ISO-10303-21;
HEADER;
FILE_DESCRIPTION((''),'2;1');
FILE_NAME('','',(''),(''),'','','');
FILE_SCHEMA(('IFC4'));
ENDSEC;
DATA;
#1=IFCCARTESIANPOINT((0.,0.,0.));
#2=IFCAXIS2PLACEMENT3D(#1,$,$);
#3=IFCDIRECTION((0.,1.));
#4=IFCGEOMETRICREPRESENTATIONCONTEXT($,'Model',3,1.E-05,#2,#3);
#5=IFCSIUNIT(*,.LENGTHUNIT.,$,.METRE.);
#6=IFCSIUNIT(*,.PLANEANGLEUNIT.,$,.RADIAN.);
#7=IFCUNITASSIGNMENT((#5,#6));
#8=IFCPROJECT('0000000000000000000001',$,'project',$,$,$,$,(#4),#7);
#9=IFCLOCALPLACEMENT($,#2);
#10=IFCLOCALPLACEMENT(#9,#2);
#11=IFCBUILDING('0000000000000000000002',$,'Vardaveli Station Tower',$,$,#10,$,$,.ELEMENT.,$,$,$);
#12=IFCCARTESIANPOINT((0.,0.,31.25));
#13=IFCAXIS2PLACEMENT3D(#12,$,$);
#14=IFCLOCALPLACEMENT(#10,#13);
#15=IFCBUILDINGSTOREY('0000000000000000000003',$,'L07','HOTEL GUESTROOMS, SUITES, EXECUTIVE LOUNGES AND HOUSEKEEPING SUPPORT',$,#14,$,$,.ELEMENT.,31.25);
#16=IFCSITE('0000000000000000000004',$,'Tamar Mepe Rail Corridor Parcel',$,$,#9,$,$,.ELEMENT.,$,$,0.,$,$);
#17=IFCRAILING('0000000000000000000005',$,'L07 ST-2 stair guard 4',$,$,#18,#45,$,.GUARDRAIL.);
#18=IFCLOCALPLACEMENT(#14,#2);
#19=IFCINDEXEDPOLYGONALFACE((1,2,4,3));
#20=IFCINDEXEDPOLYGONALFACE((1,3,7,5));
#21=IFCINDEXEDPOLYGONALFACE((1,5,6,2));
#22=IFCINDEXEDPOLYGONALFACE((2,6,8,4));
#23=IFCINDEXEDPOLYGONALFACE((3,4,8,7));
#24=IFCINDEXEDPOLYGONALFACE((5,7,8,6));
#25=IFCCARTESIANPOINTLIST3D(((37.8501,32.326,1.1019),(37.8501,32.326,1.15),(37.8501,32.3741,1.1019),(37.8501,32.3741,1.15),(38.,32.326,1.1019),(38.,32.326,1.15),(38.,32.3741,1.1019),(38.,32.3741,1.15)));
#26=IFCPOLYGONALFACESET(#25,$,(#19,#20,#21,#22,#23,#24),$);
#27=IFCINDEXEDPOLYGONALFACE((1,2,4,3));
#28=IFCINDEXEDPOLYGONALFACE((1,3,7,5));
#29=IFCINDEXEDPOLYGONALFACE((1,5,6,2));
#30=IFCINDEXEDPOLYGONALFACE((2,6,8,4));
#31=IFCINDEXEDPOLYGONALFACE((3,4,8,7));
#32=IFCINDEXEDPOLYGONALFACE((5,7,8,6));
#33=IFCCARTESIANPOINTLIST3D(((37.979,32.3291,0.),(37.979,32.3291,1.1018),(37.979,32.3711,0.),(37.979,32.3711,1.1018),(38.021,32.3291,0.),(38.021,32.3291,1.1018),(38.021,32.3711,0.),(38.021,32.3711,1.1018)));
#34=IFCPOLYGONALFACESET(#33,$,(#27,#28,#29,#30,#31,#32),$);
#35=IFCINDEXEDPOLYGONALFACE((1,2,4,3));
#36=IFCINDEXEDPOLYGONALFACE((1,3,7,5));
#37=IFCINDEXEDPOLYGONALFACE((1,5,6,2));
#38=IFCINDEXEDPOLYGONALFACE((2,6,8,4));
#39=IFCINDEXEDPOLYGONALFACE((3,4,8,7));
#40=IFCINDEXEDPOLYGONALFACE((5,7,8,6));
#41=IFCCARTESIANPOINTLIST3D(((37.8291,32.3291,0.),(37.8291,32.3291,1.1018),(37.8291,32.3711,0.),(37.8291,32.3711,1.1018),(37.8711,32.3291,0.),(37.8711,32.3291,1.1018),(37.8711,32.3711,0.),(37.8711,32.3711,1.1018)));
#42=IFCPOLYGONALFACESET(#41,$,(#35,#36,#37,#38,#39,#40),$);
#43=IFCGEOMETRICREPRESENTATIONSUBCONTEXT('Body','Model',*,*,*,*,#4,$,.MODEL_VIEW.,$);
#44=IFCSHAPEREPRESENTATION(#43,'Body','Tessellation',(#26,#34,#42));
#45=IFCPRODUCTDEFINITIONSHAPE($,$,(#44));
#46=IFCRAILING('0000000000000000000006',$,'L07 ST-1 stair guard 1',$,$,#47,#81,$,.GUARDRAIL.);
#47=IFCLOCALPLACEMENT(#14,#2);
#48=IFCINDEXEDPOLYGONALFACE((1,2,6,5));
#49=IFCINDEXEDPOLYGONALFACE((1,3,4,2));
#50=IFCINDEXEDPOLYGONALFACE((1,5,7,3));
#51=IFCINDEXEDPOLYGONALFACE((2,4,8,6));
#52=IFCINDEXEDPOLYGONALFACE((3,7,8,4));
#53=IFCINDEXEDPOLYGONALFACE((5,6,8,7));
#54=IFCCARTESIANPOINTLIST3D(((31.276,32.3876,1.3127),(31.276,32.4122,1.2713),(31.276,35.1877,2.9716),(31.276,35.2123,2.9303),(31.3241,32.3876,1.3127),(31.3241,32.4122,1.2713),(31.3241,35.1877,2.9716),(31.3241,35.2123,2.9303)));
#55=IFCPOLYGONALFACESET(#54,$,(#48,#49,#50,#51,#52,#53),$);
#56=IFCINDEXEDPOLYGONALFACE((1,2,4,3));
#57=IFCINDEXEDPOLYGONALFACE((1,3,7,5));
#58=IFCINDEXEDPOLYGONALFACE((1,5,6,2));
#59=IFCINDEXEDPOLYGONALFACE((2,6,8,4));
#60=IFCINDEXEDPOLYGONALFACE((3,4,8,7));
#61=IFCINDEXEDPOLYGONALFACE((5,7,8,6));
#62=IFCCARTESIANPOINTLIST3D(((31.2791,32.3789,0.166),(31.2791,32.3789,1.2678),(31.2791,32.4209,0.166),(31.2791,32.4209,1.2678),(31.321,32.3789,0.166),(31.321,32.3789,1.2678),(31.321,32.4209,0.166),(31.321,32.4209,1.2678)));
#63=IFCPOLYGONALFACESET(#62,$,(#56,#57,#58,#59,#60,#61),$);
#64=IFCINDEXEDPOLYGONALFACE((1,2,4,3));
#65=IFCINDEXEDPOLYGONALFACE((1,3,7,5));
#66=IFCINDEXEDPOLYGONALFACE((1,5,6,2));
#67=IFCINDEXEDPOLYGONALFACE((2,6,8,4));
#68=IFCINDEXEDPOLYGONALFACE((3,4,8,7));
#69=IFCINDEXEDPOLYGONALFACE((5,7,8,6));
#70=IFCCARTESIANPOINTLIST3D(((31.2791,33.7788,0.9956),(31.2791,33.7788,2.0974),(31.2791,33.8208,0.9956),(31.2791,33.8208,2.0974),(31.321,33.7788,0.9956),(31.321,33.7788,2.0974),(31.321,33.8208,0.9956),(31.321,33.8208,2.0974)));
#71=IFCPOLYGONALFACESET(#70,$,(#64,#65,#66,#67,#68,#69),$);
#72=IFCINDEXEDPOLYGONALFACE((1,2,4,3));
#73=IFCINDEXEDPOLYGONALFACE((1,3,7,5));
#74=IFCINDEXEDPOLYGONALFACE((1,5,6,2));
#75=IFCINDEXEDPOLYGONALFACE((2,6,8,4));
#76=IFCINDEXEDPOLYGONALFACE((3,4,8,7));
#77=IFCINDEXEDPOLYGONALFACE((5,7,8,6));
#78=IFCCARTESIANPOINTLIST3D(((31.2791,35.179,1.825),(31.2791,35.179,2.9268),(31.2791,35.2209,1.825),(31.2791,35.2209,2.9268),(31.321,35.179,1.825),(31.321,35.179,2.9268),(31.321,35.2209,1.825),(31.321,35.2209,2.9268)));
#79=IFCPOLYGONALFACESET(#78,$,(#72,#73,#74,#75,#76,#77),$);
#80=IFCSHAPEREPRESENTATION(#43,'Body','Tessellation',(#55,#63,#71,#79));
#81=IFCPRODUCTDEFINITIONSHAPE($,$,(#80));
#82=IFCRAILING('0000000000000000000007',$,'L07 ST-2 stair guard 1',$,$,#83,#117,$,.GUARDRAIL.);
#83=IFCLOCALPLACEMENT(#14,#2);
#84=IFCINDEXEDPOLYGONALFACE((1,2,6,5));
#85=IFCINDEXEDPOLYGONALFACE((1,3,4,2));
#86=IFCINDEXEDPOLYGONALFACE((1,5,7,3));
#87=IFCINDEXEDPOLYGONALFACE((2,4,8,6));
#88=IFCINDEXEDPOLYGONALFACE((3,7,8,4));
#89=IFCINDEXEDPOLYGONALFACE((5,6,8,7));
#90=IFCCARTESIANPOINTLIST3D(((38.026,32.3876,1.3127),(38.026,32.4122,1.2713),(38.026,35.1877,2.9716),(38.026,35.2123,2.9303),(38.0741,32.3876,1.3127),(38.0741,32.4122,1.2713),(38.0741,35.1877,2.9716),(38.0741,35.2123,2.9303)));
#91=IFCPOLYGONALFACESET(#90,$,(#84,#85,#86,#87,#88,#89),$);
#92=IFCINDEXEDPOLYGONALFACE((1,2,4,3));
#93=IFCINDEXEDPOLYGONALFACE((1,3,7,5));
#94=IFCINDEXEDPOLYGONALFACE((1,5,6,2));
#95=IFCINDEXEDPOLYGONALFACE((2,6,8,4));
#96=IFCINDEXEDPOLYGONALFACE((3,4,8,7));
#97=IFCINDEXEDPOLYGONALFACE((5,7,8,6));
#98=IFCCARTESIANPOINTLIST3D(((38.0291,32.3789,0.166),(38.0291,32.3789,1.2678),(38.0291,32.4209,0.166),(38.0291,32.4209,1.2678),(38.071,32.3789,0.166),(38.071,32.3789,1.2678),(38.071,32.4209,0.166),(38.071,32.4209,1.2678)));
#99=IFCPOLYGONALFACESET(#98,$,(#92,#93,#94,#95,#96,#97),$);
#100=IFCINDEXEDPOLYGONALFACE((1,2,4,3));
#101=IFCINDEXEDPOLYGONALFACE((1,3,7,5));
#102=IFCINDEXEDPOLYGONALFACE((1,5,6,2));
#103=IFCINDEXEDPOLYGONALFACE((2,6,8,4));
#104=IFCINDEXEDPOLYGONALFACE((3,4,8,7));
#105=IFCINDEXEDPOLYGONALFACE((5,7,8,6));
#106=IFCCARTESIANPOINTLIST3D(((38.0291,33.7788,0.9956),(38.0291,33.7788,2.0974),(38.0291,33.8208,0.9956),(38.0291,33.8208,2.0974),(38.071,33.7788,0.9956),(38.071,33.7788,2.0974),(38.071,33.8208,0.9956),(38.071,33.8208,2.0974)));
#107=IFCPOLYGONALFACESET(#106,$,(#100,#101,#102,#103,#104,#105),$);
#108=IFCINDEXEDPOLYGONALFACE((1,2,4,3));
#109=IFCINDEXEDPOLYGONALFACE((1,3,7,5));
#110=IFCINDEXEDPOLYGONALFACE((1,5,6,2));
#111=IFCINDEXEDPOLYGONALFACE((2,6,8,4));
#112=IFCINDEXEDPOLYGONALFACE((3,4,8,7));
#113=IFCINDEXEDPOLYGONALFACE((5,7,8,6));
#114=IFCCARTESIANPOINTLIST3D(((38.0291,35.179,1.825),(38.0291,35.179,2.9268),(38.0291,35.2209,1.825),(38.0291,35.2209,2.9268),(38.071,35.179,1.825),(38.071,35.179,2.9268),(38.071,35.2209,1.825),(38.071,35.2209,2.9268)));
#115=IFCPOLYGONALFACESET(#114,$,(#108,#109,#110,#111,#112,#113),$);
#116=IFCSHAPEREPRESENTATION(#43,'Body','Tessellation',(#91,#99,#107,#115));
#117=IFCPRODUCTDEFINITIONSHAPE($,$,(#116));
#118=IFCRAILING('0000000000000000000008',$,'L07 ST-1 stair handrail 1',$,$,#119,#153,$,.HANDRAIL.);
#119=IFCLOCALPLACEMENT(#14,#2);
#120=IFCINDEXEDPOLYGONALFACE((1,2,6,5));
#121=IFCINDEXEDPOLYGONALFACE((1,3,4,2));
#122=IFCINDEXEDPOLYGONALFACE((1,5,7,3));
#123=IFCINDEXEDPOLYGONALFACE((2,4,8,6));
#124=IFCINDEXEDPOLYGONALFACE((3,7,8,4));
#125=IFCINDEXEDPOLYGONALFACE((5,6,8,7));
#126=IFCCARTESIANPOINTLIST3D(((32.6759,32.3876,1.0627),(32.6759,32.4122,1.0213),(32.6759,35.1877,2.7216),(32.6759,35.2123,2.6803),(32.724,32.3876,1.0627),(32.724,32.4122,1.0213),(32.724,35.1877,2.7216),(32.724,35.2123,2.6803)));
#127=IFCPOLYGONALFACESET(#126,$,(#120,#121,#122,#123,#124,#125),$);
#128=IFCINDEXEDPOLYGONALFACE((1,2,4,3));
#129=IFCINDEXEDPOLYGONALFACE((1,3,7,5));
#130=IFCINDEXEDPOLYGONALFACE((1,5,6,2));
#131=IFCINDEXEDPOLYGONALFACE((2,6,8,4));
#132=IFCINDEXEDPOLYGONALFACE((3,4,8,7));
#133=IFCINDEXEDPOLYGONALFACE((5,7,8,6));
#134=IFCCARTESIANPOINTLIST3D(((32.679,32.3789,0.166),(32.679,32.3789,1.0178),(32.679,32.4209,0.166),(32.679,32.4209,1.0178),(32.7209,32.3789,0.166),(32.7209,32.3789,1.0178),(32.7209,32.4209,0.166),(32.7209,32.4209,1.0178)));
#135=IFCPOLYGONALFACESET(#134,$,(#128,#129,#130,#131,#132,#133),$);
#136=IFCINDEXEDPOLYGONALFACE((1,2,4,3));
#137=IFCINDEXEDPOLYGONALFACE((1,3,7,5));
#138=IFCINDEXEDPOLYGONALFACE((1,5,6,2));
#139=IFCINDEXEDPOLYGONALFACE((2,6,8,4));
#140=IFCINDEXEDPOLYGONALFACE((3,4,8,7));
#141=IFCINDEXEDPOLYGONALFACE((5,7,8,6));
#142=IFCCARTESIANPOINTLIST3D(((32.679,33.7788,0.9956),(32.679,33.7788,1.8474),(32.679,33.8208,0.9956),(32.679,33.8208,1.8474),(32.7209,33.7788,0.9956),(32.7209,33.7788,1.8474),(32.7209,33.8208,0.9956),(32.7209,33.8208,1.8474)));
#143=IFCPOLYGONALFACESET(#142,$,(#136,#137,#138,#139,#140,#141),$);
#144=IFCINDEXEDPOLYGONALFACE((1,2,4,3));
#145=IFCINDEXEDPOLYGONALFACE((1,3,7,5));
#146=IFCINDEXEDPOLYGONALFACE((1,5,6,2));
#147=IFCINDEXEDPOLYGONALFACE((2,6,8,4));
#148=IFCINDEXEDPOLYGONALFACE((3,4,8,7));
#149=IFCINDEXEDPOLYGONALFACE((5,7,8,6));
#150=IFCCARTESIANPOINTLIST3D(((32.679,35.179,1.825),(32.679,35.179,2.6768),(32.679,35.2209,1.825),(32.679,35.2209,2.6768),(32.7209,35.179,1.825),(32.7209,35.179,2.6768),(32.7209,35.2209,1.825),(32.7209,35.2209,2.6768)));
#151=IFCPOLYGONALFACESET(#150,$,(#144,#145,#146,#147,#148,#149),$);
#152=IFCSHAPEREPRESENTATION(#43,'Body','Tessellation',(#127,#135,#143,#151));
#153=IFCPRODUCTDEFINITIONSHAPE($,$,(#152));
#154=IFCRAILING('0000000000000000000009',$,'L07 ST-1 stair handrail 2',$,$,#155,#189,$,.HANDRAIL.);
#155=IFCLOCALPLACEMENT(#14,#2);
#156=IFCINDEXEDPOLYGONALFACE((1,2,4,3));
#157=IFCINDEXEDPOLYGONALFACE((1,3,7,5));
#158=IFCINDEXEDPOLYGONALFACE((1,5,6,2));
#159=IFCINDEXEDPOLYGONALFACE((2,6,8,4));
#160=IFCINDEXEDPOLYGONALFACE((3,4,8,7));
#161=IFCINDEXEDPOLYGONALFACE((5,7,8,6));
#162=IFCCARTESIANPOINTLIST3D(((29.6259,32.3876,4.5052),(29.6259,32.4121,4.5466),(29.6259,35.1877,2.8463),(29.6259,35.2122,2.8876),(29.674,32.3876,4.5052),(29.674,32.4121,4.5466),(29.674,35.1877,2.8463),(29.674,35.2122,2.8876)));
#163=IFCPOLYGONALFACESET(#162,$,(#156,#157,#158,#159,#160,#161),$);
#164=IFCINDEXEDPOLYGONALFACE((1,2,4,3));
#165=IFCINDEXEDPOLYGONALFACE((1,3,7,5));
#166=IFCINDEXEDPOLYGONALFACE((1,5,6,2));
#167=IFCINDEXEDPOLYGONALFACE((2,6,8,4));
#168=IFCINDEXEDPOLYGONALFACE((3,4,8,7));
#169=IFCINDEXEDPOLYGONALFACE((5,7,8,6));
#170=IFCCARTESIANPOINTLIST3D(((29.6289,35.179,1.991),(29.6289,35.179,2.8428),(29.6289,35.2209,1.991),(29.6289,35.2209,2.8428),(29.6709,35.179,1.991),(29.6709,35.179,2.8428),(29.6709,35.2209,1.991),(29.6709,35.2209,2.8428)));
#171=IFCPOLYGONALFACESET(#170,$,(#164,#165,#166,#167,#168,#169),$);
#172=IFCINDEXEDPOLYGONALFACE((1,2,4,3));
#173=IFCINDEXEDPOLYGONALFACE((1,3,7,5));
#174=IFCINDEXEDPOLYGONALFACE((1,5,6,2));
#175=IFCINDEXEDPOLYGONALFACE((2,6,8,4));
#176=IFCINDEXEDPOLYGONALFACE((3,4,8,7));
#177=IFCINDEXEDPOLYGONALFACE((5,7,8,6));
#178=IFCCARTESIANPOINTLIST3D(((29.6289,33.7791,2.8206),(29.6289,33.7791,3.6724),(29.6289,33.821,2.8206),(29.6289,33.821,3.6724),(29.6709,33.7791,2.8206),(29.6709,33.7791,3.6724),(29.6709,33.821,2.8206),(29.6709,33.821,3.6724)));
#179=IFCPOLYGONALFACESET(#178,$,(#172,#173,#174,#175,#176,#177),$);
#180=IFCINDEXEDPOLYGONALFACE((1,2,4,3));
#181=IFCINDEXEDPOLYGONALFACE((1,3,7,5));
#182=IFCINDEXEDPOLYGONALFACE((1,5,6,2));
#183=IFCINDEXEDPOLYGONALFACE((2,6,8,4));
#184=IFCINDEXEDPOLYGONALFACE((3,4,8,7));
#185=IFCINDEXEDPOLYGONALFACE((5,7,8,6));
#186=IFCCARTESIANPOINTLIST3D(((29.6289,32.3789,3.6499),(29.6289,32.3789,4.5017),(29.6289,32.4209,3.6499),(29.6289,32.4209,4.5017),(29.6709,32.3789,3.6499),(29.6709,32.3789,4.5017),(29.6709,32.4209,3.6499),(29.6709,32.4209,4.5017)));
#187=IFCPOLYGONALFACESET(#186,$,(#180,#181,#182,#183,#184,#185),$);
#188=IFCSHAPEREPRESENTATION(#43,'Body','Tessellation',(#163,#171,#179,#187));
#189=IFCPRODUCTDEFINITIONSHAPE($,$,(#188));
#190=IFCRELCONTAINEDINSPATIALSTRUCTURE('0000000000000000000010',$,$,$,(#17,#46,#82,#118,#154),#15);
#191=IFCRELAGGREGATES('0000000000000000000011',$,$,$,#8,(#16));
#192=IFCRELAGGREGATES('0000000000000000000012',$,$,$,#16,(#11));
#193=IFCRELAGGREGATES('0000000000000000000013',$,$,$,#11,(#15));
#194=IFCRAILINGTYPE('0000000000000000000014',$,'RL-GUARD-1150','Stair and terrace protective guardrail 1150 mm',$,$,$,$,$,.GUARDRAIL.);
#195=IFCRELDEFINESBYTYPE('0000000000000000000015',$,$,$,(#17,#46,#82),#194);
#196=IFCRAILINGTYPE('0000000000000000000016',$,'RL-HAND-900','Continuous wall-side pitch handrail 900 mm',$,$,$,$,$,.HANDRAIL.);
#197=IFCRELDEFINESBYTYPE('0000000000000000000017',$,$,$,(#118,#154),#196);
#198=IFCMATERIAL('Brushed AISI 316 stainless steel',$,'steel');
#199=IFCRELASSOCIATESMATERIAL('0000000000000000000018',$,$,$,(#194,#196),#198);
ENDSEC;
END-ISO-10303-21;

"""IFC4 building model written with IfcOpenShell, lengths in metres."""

from ifc_helpers import new_model, si_unit, direction, frame, origin, origin_2d, place, context, subcontext, project, spatial, rectangle, extrude, source, transform, mapped, material, type_object, element, save


model = new_model("IFC4")

# Units and contexts
model_context = context("Model", 3, precision=1e-05, world=origin(), true_north=direction((0.0, 1.0)))
body_context = subcontext(model_context, "Body", "Model", "MODEL_VIEW")
ifc_project = project(units=[si_unit("LENGTHUNIT", "METRE"), si_unit("PLANEANGLEUNIT", "RADIAN")], contexts=[model_context])

# Site, building, storey
site_placement = place(None, origin())
site = spatial("IfcSite", under=ifc_project, at=site_placement, Name="Tamar Mepe Rail Corridor Parcel", CompositionType="ELEMENT", RefElevation=0.0)
building_placement = place(site_placement, origin())
building = spatial("IfcBuilding", under=site, at=building_placement, Name="Vardaveli Station Tower", CompositionType="ELEMENT")
storey_placement = place(building_placement, frame((0.0, 0.0, 31.25)))
storey = spatial("IfcBuildingStorey", under=building, at=storey_placement, Name="L07", Description="HOTEL GUESTROOMS, SUITES, EXECUTIVE LOUNGES AND HOUSEKEEPING SUPPORT", CompositionType="ELEMENT", Elevation=31.25)

# Railings
ifc_material_1 = material(Name="Brushed AISI 316 stainless steel", Category="steel")
railing_type_1 = type_object("IfcRailingType", Name="RL-GUARD-1150", Description="Stair and terrace protective guardrail 1150 mm", PredefinedType="GUARDRAIL", material=ifc_material_1)
shared_shape_1 = source(origin(), body_context, "Body", "SweptSolid", [
    extrude(rectangle(XDim=0.0481, YDim=0.0481, at=origin_2d()), frame((0.0, 0.0, 1.126), z_axis=(-1.0, 0.0, 0.0), x_axis=(0.0, -1.0, 0.0)), (0.0, 0.0, 1.0), 0.1499),
    extrude(rectangle(XDim=0.042, YDim=0.042, at=origin_2d()), origin(), (0.0, 0.0, 1.0), 1.1018),
    extrude(rectangle(XDim=0.042, YDim=0.042, at=origin_2d()), frame((-0.1499, 0.0, 0.0)), (0.0, 0.0, 1.0), 1.1018),
])
for number, where, name in (
    (1, (38.0, 32.3501, 0.0), "L07 ST-2 stair guard 4"),
):
    element("IfcRailing", number, at=place(storey_placement, frame(where)), inside=storey, type_object=railing_type_1, Name=name, PredefinedType="GUARDRAIL", context=body_context, shape_type="MappedRepresentation", body=[
        mapped(shared_shape_1, transform((0.0, 0.0, 0.0), scale=1.0)),
    ])
shared_shape_2 = source(origin(), body_context, "Body", "SweptSolid", [
    extrude(rectangle(XDim=0.0481, YDim=0.0481, at=origin_2d()), frame((0.0, 0.0, 1.126), z_axis=(0.0, 0.860339, 0.509722), x_axis=(-1.0, 0.0, 0.0)), (0.0, 0.0, 1.0), 3.2546),
    extrude(rectangle(XDim=0.042, YDim=0.042, at=origin_2d()), origin(), (0.0, 0.0, 1.0), 1.1018),
    extrude(rectangle(XDim=0.042, YDim=0.042, at=origin_2d()), frame((0.0, 1.3999, 0.8296)), (0.0, 0.0, 1.0), 1.1018),
    extrude(rectangle(XDim=0.042, YDim=0.042, at=origin_2d()), frame((0.0, 2.8, 1.6589)), (0.0, 0.0, 1.0), 1.1018),
])
for number, where, name in (
    (2, (31.3, 32.3999, 0.166), "L07 ST-1 stair guard 1"),
    (3, (38.05, 32.3999, 0.166), "L07 ST-2 stair guard 1"),
):
    element("IfcRailing", number, at=place(storey_placement, frame(where)), inside=storey, type_object=railing_type_1, Name=name, PredefinedType="GUARDRAIL", context=body_context, shape_type="MappedRepresentation", body=[
        mapped(shared_shape_2, transform((0.0, 0.0, 0.0), scale=1.0)),
    ])
railing_type_2 = type_object("IfcRailingType", Name="RL-HAND-900", Description="Continuous wall-side pitch handrail 900 mm", PredefinedType="HANDRAIL", material=ifc_material_1)
shared_shape_3 = source(origin(), body_context, "Body", "SweptSolid", [
    extrude(rectangle(XDim=0.0481, YDim=0.0481, at=origin_2d()), frame((0.0, 0.0, 0.876), z_axis=(0.0, 0.860339, 0.509722), x_axis=(-1.0, 0.0, 0.0)), (0.0, 0.0, 1.0), 3.2546),
    extrude(rectangle(XDim=0.042, YDim=0.042, at=origin_2d()), origin(), (0.0, 0.0, 1.0), 0.8518),
    extrude(rectangle(XDim=0.042, YDim=0.042, at=origin_2d()), frame((0.0, 1.3999, 0.8296)), (0.0, 0.0, 1.0), 0.8518),
    extrude(rectangle(XDim=0.042, YDim=0.042, at=origin_2d()), frame((0.0, 2.8, 1.6589)), (0.0, 0.0, 1.0), 0.8518),
])
railing_1_placement = place(storey_placement, frame((32.7, 32.3999, 0.166)))
element("IfcRailing", 4, at=railing_1_placement, inside=storey, type_object=railing_type_2, Name="L07 ST-1 stair handrail 1", PredefinedType="HANDRAIL", context=body_context, shape_type="MappedRepresentation", body=[
    mapped(shared_shape_3, transform((0.0, 0.0, 0.0), scale=1.0)),
])
shared_shape_4 = source(origin(), body_context, "Body", "SweptSolid", [
    extrude(rectangle(XDim=0.0481, YDim=0.0481, at=origin_2d()), frame((0.0, 0.0, 0.876), z_axis=(0.0, -0.860339, 0.509722), x_axis=(1.0, 0.0, 0.0)), (0.0, 0.0, 1.0), 3.2546),
    extrude(rectangle(XDim=0.042, YDim=0.042, at=origin_2d()), origin(), (0.0, 0.0, 1.0), 0.8518),
    extrude(rectangle(XDim=0.042, YDim=0.042, at=origin_2d()), frame((0.0, -1.3999, 0.8296)), (0.0, 0.0, 1.0), 0.8518),
    extrude(rectangle(XDim=0.042, YDim=0.042, at=origin_2d()), frame((0.0, -2.8, 1.6589)), (0.0, 0.0, 1.0), 0.8518),
])
railing_2_placement = place(storey_placement, frame((29.6499, 35.2, 1.991)))
element("IfcRailing", 5, at=railing_2_placement, inside=storey, type_object=railing_type_2, Name="L07 ST-1 stair handrail 2", PredefinedType="HANDRAIL", context=body_context, shape_type="MappedRepresentation", body=[
    mapped(shared_shape_4, transform((0.0, 0.0, 0.0), scale=1.0)),
])

save(model, "model.ifc")
